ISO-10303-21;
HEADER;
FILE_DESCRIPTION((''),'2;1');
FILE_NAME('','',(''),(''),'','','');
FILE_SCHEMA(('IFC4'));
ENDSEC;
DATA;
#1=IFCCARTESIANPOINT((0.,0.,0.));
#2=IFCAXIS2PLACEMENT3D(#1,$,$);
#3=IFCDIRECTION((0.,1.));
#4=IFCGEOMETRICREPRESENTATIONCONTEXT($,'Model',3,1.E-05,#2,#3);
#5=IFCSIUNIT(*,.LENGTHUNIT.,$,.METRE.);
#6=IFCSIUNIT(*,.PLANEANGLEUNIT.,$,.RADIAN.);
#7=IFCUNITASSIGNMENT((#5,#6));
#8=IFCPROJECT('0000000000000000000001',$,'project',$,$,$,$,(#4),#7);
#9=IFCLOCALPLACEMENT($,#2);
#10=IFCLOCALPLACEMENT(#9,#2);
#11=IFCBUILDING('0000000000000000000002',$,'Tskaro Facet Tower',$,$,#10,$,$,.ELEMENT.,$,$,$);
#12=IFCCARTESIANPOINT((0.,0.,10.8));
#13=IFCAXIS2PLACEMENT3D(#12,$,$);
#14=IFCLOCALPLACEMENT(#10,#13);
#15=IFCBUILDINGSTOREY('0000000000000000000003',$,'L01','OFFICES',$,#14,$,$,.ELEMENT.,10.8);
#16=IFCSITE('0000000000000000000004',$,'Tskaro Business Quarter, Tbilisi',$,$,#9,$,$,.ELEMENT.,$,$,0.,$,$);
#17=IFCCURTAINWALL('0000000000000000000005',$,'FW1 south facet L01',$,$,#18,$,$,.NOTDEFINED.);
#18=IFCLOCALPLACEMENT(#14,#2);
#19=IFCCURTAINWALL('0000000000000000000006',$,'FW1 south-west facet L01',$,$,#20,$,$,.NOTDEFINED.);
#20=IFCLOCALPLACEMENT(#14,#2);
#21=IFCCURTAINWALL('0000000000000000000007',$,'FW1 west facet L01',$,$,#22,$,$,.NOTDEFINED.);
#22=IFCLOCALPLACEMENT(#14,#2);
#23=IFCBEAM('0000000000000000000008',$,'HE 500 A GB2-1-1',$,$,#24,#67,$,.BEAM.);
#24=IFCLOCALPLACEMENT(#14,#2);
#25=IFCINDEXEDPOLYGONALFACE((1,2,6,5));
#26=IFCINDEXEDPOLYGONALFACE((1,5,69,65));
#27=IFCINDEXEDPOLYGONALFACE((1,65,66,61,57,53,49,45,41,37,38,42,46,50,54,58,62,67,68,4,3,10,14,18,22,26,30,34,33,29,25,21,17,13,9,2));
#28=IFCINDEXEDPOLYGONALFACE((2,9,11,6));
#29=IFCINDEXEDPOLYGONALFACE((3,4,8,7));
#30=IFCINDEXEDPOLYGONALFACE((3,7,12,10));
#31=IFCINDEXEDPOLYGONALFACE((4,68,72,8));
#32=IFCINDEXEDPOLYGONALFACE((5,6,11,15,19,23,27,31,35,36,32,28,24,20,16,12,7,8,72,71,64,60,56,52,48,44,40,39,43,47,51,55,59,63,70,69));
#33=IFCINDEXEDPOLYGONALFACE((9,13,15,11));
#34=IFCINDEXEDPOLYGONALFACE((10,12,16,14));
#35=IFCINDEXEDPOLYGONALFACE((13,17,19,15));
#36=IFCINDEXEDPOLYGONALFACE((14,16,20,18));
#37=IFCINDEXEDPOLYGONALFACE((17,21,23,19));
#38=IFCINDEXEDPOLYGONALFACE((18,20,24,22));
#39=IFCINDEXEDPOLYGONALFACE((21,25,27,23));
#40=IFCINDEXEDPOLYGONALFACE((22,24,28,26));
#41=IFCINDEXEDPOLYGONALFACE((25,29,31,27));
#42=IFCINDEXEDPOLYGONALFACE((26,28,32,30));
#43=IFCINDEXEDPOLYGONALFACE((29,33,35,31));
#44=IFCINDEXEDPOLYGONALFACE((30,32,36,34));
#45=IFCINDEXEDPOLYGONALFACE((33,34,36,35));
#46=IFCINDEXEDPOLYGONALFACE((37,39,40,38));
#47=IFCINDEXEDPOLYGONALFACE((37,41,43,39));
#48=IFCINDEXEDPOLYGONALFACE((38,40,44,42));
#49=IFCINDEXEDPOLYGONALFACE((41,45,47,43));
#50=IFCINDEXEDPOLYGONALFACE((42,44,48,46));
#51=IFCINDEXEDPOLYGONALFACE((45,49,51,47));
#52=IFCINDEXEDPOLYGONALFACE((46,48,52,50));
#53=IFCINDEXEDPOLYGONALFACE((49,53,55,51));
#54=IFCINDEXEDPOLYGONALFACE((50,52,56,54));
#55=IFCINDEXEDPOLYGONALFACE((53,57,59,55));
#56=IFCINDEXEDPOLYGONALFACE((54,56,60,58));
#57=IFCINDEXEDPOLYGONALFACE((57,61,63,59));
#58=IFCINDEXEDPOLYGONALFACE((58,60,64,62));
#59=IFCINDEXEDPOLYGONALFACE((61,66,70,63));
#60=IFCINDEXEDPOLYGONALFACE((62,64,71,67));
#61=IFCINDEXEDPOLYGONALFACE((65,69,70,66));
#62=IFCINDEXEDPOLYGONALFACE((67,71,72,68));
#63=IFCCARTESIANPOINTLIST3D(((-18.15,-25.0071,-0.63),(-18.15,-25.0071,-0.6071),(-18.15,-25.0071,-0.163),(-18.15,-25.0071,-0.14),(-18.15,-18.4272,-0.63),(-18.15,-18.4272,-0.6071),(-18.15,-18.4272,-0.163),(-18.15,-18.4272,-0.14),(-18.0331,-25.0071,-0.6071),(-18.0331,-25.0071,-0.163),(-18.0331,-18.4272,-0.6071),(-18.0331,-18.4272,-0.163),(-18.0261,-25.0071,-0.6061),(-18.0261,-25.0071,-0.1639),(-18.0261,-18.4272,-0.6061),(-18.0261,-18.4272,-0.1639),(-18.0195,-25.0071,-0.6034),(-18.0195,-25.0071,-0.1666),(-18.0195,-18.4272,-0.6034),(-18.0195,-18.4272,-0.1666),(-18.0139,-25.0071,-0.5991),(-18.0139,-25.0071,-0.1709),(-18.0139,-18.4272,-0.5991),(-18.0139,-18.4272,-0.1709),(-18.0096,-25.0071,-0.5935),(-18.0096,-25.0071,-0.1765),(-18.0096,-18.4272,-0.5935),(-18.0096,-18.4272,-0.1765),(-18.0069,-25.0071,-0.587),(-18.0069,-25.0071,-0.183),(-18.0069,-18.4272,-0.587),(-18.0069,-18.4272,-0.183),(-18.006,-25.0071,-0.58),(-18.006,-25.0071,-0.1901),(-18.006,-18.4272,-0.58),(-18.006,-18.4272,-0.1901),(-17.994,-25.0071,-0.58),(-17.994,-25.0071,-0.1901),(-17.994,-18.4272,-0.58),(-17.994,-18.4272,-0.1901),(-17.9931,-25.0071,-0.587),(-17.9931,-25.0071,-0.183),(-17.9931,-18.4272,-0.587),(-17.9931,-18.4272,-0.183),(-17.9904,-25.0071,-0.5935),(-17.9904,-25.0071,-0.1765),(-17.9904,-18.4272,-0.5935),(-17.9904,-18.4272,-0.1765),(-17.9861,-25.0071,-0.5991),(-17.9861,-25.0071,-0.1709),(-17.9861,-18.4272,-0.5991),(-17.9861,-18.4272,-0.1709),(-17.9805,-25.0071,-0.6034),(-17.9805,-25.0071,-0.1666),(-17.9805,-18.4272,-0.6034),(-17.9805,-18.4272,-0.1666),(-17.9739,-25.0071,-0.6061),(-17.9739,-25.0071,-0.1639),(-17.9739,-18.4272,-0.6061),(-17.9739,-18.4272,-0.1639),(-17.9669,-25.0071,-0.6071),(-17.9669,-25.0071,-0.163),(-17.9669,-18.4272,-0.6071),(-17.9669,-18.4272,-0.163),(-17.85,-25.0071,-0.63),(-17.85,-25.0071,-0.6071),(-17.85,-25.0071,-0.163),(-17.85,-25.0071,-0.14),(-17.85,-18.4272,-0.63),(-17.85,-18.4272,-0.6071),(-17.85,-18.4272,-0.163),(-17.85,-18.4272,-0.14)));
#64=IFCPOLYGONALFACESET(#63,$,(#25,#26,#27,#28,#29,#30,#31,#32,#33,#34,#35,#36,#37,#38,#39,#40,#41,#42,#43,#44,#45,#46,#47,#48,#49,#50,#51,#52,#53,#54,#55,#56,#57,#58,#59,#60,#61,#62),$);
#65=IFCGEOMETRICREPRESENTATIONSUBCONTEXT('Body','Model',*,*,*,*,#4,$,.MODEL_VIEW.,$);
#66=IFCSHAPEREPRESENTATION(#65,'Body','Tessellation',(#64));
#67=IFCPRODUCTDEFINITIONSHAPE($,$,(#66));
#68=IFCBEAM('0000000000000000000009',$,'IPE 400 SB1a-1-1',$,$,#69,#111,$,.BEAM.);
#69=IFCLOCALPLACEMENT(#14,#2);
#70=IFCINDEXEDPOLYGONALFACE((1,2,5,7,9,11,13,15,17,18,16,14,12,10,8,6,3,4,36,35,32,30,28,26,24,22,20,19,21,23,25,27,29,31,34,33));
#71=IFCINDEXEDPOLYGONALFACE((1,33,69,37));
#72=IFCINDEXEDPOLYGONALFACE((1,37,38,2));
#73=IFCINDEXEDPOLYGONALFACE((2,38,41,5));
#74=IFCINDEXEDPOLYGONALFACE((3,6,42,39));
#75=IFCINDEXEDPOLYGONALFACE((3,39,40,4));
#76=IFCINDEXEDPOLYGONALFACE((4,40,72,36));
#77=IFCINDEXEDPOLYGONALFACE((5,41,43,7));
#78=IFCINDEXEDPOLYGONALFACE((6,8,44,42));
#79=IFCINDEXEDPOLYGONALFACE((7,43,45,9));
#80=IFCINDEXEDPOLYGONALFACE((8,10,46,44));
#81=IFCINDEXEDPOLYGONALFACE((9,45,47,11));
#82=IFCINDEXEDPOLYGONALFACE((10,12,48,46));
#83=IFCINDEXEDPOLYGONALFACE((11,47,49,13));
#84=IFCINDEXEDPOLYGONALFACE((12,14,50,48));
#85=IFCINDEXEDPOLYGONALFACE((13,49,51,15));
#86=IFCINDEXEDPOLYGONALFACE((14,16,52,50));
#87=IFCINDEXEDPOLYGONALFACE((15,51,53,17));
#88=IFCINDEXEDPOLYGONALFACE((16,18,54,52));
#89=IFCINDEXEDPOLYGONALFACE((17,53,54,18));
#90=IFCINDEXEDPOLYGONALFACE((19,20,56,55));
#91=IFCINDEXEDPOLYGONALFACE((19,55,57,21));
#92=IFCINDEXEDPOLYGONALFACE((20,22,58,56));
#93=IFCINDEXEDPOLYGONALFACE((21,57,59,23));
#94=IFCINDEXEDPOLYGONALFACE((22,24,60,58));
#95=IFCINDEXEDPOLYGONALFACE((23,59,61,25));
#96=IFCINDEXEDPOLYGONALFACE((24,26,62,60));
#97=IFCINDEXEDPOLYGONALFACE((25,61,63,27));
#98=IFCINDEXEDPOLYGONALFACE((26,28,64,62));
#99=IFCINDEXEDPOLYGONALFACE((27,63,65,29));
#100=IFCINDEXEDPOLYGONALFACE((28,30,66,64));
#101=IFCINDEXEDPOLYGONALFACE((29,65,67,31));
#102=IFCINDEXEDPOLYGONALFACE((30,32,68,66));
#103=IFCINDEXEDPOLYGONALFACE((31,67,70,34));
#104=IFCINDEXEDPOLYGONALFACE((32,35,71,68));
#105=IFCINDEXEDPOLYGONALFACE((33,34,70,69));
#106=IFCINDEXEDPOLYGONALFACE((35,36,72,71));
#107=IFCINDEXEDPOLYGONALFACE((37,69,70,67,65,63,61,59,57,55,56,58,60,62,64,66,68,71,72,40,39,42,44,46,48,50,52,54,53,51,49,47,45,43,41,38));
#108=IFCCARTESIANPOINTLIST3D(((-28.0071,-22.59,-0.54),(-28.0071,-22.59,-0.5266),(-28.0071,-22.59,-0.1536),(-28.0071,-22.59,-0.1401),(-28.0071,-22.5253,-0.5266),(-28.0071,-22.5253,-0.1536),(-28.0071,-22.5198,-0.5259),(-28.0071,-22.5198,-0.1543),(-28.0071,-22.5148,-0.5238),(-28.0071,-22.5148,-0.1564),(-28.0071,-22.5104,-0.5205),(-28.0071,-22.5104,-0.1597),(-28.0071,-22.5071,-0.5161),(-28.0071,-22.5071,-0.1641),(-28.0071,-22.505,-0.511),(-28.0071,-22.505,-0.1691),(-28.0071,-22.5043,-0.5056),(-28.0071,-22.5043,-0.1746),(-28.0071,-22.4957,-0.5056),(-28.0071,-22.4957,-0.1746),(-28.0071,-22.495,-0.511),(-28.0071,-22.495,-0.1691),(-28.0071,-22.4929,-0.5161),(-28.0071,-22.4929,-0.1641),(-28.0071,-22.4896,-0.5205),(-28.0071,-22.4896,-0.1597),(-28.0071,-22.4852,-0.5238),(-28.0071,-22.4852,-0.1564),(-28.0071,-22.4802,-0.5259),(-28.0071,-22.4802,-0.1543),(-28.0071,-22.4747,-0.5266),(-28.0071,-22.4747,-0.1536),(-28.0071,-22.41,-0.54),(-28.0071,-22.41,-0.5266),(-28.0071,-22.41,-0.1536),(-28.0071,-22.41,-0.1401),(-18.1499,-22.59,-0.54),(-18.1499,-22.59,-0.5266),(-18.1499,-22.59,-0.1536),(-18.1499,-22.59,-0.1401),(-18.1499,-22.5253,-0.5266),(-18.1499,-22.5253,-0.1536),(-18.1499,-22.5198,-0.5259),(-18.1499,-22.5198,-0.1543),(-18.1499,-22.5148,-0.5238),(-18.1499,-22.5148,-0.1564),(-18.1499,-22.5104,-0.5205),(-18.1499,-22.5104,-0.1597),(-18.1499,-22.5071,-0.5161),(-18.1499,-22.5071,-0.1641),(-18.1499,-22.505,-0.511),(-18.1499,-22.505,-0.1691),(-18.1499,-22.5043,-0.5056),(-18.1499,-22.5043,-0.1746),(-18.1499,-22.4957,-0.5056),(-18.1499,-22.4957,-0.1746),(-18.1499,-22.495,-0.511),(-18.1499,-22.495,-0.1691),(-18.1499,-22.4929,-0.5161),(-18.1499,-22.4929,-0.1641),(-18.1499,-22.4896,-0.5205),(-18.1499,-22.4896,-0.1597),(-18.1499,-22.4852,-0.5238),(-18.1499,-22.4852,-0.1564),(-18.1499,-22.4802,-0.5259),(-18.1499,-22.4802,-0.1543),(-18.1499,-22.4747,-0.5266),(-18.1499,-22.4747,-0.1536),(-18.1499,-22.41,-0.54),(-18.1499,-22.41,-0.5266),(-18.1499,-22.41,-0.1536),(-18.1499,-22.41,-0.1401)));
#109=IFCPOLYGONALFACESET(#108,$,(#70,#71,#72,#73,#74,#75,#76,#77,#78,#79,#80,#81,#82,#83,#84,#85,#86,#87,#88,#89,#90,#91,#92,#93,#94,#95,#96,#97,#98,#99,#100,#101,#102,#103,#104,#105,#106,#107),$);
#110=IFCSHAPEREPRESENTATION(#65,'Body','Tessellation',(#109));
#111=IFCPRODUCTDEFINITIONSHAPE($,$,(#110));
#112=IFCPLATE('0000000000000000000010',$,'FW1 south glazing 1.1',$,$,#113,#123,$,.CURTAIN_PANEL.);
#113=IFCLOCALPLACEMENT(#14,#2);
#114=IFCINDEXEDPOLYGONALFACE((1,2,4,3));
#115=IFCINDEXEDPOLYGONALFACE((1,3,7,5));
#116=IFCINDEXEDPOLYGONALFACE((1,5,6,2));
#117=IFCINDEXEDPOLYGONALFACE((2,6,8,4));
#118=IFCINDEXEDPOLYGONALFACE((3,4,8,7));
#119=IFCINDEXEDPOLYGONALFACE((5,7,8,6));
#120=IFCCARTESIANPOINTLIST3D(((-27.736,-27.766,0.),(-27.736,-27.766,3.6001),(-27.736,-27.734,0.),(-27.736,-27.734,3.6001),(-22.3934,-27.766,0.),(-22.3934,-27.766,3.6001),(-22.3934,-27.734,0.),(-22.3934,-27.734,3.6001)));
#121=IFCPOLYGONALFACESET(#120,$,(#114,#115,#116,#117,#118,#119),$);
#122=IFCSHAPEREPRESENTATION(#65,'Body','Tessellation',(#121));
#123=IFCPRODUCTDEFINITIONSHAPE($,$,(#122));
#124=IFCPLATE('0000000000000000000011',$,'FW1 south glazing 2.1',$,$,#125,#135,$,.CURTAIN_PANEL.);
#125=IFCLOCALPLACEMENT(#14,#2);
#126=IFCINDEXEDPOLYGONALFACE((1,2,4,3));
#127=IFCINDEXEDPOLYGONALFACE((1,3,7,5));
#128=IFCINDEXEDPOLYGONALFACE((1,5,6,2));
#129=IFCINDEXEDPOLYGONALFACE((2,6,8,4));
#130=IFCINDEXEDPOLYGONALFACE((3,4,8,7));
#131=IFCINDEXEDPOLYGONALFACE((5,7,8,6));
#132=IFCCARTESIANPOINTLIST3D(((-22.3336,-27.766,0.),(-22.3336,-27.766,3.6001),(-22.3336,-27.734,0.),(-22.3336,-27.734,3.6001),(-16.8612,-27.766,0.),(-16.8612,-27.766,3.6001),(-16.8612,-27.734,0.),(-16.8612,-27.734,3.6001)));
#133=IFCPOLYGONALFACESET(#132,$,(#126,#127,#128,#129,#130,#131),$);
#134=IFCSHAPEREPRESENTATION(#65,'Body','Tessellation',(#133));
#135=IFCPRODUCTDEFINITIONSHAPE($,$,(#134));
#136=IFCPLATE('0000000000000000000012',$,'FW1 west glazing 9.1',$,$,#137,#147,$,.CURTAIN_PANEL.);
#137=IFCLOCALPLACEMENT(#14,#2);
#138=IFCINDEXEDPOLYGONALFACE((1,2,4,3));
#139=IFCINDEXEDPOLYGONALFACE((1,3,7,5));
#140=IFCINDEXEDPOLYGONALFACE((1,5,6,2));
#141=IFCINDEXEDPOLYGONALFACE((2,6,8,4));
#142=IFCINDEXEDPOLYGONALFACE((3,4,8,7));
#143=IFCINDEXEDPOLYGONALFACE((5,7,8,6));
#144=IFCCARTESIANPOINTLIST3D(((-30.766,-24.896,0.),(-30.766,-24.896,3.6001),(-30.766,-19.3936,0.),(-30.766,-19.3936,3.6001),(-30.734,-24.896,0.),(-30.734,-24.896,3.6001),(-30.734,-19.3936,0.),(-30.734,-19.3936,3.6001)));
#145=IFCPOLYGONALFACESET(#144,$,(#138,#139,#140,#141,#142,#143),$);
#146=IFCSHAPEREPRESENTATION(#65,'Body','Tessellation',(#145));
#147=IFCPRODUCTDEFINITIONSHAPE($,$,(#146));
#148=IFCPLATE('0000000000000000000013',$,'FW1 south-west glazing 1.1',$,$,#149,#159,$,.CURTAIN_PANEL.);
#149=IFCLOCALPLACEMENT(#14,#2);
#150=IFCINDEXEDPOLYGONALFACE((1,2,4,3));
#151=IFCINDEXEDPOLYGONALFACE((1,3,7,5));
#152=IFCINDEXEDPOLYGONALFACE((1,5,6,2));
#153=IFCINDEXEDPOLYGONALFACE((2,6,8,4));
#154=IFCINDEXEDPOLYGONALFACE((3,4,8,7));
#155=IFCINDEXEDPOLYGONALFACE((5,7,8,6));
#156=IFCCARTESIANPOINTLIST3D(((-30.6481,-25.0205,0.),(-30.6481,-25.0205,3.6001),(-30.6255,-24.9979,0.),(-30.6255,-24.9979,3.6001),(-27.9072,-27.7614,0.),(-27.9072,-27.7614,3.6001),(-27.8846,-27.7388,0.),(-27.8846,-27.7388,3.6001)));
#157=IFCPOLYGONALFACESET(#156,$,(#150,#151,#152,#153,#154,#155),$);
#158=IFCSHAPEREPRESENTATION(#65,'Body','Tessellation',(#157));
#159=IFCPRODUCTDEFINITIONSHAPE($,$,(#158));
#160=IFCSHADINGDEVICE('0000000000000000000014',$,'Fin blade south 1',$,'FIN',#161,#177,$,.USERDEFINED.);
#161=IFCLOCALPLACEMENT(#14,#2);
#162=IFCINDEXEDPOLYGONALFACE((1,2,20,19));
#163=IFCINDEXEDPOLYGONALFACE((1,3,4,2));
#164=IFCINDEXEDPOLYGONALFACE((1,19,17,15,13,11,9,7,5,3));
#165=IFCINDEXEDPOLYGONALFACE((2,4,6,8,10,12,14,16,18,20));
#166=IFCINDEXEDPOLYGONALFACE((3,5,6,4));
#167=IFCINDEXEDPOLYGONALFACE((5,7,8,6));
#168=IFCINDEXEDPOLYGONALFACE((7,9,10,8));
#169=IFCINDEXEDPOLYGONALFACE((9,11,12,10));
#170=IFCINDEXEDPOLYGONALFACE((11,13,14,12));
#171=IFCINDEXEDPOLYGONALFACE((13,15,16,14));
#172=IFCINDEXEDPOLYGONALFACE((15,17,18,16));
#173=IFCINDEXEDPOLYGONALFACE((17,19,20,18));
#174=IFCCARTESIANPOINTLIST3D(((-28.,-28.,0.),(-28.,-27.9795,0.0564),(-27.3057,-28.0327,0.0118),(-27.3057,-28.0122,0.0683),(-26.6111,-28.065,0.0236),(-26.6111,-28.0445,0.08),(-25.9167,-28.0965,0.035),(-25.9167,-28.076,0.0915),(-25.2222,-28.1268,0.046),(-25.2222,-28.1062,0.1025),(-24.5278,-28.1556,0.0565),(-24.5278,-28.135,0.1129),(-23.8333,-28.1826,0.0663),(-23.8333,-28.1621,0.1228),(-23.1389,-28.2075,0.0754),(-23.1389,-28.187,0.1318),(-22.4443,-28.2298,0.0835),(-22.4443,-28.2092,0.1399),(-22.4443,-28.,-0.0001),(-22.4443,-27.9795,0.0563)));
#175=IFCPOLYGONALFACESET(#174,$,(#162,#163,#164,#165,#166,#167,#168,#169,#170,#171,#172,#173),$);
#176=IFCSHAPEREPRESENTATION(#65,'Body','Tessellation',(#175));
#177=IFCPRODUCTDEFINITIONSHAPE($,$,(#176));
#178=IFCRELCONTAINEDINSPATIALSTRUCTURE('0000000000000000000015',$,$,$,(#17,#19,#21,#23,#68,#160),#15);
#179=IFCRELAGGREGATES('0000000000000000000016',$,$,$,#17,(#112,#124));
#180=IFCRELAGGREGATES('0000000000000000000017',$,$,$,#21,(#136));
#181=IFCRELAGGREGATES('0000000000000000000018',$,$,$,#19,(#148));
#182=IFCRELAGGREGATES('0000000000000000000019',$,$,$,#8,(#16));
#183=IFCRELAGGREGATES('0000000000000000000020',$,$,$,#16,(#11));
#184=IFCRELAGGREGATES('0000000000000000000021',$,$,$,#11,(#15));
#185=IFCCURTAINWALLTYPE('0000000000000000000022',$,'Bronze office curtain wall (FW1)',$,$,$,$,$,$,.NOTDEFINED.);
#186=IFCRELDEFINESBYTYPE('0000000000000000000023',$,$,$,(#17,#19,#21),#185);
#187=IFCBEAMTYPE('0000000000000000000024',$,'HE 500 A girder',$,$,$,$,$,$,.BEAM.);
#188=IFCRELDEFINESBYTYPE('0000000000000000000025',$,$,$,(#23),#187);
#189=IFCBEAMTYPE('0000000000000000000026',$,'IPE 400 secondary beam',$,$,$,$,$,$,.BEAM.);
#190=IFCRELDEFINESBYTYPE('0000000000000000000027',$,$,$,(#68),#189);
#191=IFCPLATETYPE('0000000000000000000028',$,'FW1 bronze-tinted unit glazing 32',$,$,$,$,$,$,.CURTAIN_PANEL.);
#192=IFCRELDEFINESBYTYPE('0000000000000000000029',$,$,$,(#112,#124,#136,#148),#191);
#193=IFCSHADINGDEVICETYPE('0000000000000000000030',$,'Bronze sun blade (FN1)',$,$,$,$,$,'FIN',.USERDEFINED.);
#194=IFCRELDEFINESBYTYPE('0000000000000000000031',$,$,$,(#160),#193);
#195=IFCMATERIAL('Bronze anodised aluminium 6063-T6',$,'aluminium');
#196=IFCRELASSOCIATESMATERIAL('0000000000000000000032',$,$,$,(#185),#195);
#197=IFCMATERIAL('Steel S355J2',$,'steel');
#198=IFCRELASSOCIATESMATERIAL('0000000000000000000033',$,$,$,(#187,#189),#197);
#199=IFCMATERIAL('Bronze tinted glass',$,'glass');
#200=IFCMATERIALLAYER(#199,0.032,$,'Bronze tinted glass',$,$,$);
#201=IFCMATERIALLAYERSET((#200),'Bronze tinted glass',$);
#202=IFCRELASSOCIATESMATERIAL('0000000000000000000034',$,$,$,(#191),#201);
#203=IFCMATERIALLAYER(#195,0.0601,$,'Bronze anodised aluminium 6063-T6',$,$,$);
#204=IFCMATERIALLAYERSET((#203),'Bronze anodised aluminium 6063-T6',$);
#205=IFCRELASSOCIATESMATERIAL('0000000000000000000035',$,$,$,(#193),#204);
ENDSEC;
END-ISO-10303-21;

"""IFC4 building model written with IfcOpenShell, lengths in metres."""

from ifc_helpers import new_model, si_unit, direction, frame, origin, origin_2d, place, context, subcontext, project, spatial, polyline, rectangle, i_section, outline, extrude, material, layer, layer_set, material_profile, profile_set, type_object, element, aggregate, save


model = new_model("IFC4")

# Units and contexts
model_context = context("Model", 3, precision=1e-05, world=origin(), true_north=direction((0.0, 1.0)))
body_context = subcontext(model_context, "Body", "Model", "MODEL_VIEW")
ifc_project = project(units=[si_unit("LENGTHUNIT", "METRE"), si_unit("PLANEANGLEUNIT", "RADIAN")], contexts=[model_context])

# Site, building, storey
site_placement = place(None, origin())
site = spatial("IfcSite", under=ifc_project, at=site_placement, Name="Tskaro Business Quarter, Tbilisi", CompositionType="ELEMENT", RefElevation=0.0)
building_placement = place(site_placement, origin())
building = spatial("IfcBuilding", under=site, at=building_placement, Name="Tskaro Facet Tower", CompositionType="ELEMENT")
storey_placement = place(building_placement, frame((0.0, 0.0, 10.8)))
storey = spatial("IfcBuildingStorey", under=building, at=storey_placement, Name="L01", Description="OFFICES", CompositionType="ELEMENT", Elevation=10.8)

# Curtain walls
ifc_material_1 = material(Name="Bronze anodised aluminium 6063-T6", Category="aluminium")
curtain_wall_type = type_object("IfcCurtainWallType", Name="Bronze office curtain wall (FW1)", PredefinedType="NOTDEFINED", material=ifc_material_1)
curtain_wall_1_placement = place(storey_placement, origin())
curtain_wall_1 = element("IfcCurtainWall", 1, at=curtain_wall_1_placement, inside=storey, type_object=curtain_wall_type, Name="FW1 south facet L01", PredefinedType="NOTDEFINED")
curtain_wall_2_placement = place(storey_placement, origin())
curtain_wall_2 = element("IfcCurtainWall", 2, at=curtain_wall_2_placement, inside=storey, type_object=curtain_wall_type, Name="FW1 south-west facet L01", PredefinedType="NOTDEFINED")

# Curtain wall
curtain_wall_3_placement = place(storey_placement, origin())
curtain_wall_3 = element("IfcCurtainWall", 3, at=curtain_wall_3_placement, inside=storey, type_object=curtain_wall_type, Name="FW1 west facet L01", PredefinedType="NOTDEFINED")

# Beams
ifc_material_2 = material(Name="Steel S355J2", Category="steel")
ifc_material_profile_1 = material_profile(ifc_material_2, i_section(OverallWidth=0.3, OverallDepth=0.49, WebThickness=0.012, FlangeThickness=0.0229, FilletRadius=0.0271, at=origin_2d()), Name="HE 500 A")
ifc_profile_set_1 = profile_set([ifc_material_profile_1], Name="Steel S355J2")
beam_type_1 = type_object("IfcBeamType", Name="HE 500 A girder", PredefinedType="BEAM", material=ifc_profile_set_1)
beam_1_placement = place(storey_placement, frame((-18.0, -25.0071, -0.385), z_axis=(0.0, 1.0, 0.0), x_axis=(-1.0, 0.0, 0.0)))
element("IfcBeam", 4, at=beam_1_placement, inside=storey, type_object=beam_type_1, Name="HE 500 A GB2-1-1", PredefinedType="BEAM", context=body_context, shape_type="SweptSolid", body=[
    extrude(i_section(OverallWidth=0.3, OverallDepth=0.49, WebThickness=0.012, FlangeThickness=0.0229, FilletRadius=0.0271, at=origin_2d()), origin(), (0.0, 0.0, 1.0), 6.5798),
])
ifc_material_profile_2 = material_profile(ifc_material_2, i_section(OverallWidth=0.1799, OverallDepth=0.3999, WebThickness=0.0085, FlangeThickness=0.0134, FilletRadius=0.021, at=origin_2d()), Name="IPE 400")
ifc_profile_set_2 = profile_set([ifc_material_profile_2], Name="Steel S355J2")
beam_type_2 = type_object("IfcBeamType", Name="IPE 400 secondary beam", PredefinedType="BEAM", material=ifc_profile_set_2)
beam_2_placement = place(storey_placement, frame((-28.0071, -22.5, -0.3401), z_axis=(1.0, 0.0, 0.0), x_axis=(0.0, 1.0, 0.0)))
element("IfcBeam", 5, at=beam_2_placement, inside=storey, type_object=beam_type_2, Name="IPE 400 SB1a-1-1", PredefinedType="BEAM", context=body_context, shape_type="SweptSolid", body=[
    extrude(i_section(OverallWidth=0.1799, OverallDepth=0.3999, WebThickness=0.0085, FlangeThickness=0.0134, FilletRadius=0.021, at=origin_2d()), origin(), (0.0, 0.0, 1.0), 9.8572),
])

# Plates
ifc_material_3 = material(Name="Bronze tinted glass", Category="glass")
ifc_layer_1 = layer(ifc_material_3, 0.032, Name="Bronze tinted glass")
ifc_layer_set_1 = layer_set([ifc_layer_1], Name="Bronze tinted glass")
plate_type = type_object("IfcPlateType", Name="FW1 bronze-tinted unit glazing 32", PredefinedType="CURTAIN_PANEL", material=ifc_layer_set_1)
plate_1_placement = place(storey_placement, frame((-25.0647, -27.75, 0.0), z_axis=(0.0, 0.0, 1.0), x_axis=(1.0, 0.0, 0.0)))
plate_1 = element("IfcPlate", 6, at=plate_1_placement, type_object=plate_type, Name="FW1 south glazing 1.1", PredefinedType="CURTAIN_PANEL", context=body_context, shape_type="SweptSolid", body=[
    extrude(rectangle(XDim=5.3425, YDim=0.032, at=origin_2d()), origin(), (0.0, 0.0, 1.0), 3.6001),
])
plate_2_placement = place(storey_placement, frame((-19.5974, -27.75, 0.0), z_axis=(0.0, 0.0, 1.0), x_axis=(1.0, 0.0, 0.0)))
plate_2 = element("IfcPlate", 7, at=plate_2_placement, type_object=plate_type, Name="FW1 south glazing 2.1", PredefinedType="CURTAIN_PANEL", context=body_context, shape_type="SweptSolid", body=[
    extrude(rectangle(XDim=5.4724, YDim=0.032, at=origin_2d()), origin(), (0.0, 0.0, 1.0), 3.6001),
])
aggregate(curtain_wall_1, [plate_1, plate_2])
plate_3_placement = place(storey_placement, frame((-30.75, -22.1448, 0.0), z_axis=(0.0, 0.0, 1.0), x_axis=(0.0, -1.0, 0.0)))
plate_3 = element("IfcPlate", 8, at=plate_3_placement, type_object=plate_type, Name="FW1 west glazing 9.1", PredefinedType="CURTAIN_PANEL", context=body_context, shape_type="SweptSolid", body=[
    extrude(rectangle(XDim=5.5024, YDim=0.032, at=origin_2d()), origin(), (0.0, 0.0, 1.0), 3.6001),
])
aggregate(curtain_wall_3, [plate_3])
plate_4_placement = place(storey_placement, frame((-29.2664, -26.3796, 0.0), z_axis=(0.0, 0.0, 1.0), x_axis=(0.707107, -0.707107, 0.0)))
plate_4 = element("IfcPlate", 9, at=plate_4_placement, type_object=plate_type, Name="FW1 south-west glazing 1.1", PredefinedType="CURTAIN_PANEL", context=body_context, shape_type="SweptSolid", body=[
    extrude(rectangle(XDim=3.8762, YDim=0.032, at=origin_2d()), origin(), (0.0, 0.0, 1.0), 3.6001),
])
aggregate(curtain_wall_2, [plate_4])

# Shading device
ifc_layer_2 = layer(ifc_material_1, 0.0601, Name="Bronze anodised aluminium 6063-T6")
ifc_layer_set_2 = layer_set([ifc_layer_2], Name="Bronze anodised aluminium 6063-T6")
shading_device_type = type_object("IfcShadingDeviceType", Name="Bronze sun blade (FN1)", ElementType="FIN", PredefinedType="USERDEFINED", material=ifc_layer_set_2)
shading_device_1_placement = place(storey_placement, frame((-28.0, -27.9795, 0.0564), z_axis=(0.000011, 0.341818, 0.939766), x_axis=(1.0, -0.000004, -0.00001)))
element("IfcShadingDevice", 10, at=shading_device_1_placement, inside=storey, type_object=shading_device_type, Name="Fin blade south 1", ObjectType="FIN", PredefinedType="USERDEFINED", context=body_context, shape_type="SweptSolid", body=[
    extrude(outline(polyline([(0.0, 0.0), (5.5557, 0.0), (5.5557, -0.2444), (4.8611, -0.2208), (4.1667, -0.1943), (3.4722, -0.1655), (2.7778, -0.1348), (2.0833, -0.1026), (1.3889, -0.0691), (0.6943, -0.0347), (0.0, 0.0)])), origin(), (0.0, 0.0, -1.0), 0.0601),
])

save(model, "model.ifc")
